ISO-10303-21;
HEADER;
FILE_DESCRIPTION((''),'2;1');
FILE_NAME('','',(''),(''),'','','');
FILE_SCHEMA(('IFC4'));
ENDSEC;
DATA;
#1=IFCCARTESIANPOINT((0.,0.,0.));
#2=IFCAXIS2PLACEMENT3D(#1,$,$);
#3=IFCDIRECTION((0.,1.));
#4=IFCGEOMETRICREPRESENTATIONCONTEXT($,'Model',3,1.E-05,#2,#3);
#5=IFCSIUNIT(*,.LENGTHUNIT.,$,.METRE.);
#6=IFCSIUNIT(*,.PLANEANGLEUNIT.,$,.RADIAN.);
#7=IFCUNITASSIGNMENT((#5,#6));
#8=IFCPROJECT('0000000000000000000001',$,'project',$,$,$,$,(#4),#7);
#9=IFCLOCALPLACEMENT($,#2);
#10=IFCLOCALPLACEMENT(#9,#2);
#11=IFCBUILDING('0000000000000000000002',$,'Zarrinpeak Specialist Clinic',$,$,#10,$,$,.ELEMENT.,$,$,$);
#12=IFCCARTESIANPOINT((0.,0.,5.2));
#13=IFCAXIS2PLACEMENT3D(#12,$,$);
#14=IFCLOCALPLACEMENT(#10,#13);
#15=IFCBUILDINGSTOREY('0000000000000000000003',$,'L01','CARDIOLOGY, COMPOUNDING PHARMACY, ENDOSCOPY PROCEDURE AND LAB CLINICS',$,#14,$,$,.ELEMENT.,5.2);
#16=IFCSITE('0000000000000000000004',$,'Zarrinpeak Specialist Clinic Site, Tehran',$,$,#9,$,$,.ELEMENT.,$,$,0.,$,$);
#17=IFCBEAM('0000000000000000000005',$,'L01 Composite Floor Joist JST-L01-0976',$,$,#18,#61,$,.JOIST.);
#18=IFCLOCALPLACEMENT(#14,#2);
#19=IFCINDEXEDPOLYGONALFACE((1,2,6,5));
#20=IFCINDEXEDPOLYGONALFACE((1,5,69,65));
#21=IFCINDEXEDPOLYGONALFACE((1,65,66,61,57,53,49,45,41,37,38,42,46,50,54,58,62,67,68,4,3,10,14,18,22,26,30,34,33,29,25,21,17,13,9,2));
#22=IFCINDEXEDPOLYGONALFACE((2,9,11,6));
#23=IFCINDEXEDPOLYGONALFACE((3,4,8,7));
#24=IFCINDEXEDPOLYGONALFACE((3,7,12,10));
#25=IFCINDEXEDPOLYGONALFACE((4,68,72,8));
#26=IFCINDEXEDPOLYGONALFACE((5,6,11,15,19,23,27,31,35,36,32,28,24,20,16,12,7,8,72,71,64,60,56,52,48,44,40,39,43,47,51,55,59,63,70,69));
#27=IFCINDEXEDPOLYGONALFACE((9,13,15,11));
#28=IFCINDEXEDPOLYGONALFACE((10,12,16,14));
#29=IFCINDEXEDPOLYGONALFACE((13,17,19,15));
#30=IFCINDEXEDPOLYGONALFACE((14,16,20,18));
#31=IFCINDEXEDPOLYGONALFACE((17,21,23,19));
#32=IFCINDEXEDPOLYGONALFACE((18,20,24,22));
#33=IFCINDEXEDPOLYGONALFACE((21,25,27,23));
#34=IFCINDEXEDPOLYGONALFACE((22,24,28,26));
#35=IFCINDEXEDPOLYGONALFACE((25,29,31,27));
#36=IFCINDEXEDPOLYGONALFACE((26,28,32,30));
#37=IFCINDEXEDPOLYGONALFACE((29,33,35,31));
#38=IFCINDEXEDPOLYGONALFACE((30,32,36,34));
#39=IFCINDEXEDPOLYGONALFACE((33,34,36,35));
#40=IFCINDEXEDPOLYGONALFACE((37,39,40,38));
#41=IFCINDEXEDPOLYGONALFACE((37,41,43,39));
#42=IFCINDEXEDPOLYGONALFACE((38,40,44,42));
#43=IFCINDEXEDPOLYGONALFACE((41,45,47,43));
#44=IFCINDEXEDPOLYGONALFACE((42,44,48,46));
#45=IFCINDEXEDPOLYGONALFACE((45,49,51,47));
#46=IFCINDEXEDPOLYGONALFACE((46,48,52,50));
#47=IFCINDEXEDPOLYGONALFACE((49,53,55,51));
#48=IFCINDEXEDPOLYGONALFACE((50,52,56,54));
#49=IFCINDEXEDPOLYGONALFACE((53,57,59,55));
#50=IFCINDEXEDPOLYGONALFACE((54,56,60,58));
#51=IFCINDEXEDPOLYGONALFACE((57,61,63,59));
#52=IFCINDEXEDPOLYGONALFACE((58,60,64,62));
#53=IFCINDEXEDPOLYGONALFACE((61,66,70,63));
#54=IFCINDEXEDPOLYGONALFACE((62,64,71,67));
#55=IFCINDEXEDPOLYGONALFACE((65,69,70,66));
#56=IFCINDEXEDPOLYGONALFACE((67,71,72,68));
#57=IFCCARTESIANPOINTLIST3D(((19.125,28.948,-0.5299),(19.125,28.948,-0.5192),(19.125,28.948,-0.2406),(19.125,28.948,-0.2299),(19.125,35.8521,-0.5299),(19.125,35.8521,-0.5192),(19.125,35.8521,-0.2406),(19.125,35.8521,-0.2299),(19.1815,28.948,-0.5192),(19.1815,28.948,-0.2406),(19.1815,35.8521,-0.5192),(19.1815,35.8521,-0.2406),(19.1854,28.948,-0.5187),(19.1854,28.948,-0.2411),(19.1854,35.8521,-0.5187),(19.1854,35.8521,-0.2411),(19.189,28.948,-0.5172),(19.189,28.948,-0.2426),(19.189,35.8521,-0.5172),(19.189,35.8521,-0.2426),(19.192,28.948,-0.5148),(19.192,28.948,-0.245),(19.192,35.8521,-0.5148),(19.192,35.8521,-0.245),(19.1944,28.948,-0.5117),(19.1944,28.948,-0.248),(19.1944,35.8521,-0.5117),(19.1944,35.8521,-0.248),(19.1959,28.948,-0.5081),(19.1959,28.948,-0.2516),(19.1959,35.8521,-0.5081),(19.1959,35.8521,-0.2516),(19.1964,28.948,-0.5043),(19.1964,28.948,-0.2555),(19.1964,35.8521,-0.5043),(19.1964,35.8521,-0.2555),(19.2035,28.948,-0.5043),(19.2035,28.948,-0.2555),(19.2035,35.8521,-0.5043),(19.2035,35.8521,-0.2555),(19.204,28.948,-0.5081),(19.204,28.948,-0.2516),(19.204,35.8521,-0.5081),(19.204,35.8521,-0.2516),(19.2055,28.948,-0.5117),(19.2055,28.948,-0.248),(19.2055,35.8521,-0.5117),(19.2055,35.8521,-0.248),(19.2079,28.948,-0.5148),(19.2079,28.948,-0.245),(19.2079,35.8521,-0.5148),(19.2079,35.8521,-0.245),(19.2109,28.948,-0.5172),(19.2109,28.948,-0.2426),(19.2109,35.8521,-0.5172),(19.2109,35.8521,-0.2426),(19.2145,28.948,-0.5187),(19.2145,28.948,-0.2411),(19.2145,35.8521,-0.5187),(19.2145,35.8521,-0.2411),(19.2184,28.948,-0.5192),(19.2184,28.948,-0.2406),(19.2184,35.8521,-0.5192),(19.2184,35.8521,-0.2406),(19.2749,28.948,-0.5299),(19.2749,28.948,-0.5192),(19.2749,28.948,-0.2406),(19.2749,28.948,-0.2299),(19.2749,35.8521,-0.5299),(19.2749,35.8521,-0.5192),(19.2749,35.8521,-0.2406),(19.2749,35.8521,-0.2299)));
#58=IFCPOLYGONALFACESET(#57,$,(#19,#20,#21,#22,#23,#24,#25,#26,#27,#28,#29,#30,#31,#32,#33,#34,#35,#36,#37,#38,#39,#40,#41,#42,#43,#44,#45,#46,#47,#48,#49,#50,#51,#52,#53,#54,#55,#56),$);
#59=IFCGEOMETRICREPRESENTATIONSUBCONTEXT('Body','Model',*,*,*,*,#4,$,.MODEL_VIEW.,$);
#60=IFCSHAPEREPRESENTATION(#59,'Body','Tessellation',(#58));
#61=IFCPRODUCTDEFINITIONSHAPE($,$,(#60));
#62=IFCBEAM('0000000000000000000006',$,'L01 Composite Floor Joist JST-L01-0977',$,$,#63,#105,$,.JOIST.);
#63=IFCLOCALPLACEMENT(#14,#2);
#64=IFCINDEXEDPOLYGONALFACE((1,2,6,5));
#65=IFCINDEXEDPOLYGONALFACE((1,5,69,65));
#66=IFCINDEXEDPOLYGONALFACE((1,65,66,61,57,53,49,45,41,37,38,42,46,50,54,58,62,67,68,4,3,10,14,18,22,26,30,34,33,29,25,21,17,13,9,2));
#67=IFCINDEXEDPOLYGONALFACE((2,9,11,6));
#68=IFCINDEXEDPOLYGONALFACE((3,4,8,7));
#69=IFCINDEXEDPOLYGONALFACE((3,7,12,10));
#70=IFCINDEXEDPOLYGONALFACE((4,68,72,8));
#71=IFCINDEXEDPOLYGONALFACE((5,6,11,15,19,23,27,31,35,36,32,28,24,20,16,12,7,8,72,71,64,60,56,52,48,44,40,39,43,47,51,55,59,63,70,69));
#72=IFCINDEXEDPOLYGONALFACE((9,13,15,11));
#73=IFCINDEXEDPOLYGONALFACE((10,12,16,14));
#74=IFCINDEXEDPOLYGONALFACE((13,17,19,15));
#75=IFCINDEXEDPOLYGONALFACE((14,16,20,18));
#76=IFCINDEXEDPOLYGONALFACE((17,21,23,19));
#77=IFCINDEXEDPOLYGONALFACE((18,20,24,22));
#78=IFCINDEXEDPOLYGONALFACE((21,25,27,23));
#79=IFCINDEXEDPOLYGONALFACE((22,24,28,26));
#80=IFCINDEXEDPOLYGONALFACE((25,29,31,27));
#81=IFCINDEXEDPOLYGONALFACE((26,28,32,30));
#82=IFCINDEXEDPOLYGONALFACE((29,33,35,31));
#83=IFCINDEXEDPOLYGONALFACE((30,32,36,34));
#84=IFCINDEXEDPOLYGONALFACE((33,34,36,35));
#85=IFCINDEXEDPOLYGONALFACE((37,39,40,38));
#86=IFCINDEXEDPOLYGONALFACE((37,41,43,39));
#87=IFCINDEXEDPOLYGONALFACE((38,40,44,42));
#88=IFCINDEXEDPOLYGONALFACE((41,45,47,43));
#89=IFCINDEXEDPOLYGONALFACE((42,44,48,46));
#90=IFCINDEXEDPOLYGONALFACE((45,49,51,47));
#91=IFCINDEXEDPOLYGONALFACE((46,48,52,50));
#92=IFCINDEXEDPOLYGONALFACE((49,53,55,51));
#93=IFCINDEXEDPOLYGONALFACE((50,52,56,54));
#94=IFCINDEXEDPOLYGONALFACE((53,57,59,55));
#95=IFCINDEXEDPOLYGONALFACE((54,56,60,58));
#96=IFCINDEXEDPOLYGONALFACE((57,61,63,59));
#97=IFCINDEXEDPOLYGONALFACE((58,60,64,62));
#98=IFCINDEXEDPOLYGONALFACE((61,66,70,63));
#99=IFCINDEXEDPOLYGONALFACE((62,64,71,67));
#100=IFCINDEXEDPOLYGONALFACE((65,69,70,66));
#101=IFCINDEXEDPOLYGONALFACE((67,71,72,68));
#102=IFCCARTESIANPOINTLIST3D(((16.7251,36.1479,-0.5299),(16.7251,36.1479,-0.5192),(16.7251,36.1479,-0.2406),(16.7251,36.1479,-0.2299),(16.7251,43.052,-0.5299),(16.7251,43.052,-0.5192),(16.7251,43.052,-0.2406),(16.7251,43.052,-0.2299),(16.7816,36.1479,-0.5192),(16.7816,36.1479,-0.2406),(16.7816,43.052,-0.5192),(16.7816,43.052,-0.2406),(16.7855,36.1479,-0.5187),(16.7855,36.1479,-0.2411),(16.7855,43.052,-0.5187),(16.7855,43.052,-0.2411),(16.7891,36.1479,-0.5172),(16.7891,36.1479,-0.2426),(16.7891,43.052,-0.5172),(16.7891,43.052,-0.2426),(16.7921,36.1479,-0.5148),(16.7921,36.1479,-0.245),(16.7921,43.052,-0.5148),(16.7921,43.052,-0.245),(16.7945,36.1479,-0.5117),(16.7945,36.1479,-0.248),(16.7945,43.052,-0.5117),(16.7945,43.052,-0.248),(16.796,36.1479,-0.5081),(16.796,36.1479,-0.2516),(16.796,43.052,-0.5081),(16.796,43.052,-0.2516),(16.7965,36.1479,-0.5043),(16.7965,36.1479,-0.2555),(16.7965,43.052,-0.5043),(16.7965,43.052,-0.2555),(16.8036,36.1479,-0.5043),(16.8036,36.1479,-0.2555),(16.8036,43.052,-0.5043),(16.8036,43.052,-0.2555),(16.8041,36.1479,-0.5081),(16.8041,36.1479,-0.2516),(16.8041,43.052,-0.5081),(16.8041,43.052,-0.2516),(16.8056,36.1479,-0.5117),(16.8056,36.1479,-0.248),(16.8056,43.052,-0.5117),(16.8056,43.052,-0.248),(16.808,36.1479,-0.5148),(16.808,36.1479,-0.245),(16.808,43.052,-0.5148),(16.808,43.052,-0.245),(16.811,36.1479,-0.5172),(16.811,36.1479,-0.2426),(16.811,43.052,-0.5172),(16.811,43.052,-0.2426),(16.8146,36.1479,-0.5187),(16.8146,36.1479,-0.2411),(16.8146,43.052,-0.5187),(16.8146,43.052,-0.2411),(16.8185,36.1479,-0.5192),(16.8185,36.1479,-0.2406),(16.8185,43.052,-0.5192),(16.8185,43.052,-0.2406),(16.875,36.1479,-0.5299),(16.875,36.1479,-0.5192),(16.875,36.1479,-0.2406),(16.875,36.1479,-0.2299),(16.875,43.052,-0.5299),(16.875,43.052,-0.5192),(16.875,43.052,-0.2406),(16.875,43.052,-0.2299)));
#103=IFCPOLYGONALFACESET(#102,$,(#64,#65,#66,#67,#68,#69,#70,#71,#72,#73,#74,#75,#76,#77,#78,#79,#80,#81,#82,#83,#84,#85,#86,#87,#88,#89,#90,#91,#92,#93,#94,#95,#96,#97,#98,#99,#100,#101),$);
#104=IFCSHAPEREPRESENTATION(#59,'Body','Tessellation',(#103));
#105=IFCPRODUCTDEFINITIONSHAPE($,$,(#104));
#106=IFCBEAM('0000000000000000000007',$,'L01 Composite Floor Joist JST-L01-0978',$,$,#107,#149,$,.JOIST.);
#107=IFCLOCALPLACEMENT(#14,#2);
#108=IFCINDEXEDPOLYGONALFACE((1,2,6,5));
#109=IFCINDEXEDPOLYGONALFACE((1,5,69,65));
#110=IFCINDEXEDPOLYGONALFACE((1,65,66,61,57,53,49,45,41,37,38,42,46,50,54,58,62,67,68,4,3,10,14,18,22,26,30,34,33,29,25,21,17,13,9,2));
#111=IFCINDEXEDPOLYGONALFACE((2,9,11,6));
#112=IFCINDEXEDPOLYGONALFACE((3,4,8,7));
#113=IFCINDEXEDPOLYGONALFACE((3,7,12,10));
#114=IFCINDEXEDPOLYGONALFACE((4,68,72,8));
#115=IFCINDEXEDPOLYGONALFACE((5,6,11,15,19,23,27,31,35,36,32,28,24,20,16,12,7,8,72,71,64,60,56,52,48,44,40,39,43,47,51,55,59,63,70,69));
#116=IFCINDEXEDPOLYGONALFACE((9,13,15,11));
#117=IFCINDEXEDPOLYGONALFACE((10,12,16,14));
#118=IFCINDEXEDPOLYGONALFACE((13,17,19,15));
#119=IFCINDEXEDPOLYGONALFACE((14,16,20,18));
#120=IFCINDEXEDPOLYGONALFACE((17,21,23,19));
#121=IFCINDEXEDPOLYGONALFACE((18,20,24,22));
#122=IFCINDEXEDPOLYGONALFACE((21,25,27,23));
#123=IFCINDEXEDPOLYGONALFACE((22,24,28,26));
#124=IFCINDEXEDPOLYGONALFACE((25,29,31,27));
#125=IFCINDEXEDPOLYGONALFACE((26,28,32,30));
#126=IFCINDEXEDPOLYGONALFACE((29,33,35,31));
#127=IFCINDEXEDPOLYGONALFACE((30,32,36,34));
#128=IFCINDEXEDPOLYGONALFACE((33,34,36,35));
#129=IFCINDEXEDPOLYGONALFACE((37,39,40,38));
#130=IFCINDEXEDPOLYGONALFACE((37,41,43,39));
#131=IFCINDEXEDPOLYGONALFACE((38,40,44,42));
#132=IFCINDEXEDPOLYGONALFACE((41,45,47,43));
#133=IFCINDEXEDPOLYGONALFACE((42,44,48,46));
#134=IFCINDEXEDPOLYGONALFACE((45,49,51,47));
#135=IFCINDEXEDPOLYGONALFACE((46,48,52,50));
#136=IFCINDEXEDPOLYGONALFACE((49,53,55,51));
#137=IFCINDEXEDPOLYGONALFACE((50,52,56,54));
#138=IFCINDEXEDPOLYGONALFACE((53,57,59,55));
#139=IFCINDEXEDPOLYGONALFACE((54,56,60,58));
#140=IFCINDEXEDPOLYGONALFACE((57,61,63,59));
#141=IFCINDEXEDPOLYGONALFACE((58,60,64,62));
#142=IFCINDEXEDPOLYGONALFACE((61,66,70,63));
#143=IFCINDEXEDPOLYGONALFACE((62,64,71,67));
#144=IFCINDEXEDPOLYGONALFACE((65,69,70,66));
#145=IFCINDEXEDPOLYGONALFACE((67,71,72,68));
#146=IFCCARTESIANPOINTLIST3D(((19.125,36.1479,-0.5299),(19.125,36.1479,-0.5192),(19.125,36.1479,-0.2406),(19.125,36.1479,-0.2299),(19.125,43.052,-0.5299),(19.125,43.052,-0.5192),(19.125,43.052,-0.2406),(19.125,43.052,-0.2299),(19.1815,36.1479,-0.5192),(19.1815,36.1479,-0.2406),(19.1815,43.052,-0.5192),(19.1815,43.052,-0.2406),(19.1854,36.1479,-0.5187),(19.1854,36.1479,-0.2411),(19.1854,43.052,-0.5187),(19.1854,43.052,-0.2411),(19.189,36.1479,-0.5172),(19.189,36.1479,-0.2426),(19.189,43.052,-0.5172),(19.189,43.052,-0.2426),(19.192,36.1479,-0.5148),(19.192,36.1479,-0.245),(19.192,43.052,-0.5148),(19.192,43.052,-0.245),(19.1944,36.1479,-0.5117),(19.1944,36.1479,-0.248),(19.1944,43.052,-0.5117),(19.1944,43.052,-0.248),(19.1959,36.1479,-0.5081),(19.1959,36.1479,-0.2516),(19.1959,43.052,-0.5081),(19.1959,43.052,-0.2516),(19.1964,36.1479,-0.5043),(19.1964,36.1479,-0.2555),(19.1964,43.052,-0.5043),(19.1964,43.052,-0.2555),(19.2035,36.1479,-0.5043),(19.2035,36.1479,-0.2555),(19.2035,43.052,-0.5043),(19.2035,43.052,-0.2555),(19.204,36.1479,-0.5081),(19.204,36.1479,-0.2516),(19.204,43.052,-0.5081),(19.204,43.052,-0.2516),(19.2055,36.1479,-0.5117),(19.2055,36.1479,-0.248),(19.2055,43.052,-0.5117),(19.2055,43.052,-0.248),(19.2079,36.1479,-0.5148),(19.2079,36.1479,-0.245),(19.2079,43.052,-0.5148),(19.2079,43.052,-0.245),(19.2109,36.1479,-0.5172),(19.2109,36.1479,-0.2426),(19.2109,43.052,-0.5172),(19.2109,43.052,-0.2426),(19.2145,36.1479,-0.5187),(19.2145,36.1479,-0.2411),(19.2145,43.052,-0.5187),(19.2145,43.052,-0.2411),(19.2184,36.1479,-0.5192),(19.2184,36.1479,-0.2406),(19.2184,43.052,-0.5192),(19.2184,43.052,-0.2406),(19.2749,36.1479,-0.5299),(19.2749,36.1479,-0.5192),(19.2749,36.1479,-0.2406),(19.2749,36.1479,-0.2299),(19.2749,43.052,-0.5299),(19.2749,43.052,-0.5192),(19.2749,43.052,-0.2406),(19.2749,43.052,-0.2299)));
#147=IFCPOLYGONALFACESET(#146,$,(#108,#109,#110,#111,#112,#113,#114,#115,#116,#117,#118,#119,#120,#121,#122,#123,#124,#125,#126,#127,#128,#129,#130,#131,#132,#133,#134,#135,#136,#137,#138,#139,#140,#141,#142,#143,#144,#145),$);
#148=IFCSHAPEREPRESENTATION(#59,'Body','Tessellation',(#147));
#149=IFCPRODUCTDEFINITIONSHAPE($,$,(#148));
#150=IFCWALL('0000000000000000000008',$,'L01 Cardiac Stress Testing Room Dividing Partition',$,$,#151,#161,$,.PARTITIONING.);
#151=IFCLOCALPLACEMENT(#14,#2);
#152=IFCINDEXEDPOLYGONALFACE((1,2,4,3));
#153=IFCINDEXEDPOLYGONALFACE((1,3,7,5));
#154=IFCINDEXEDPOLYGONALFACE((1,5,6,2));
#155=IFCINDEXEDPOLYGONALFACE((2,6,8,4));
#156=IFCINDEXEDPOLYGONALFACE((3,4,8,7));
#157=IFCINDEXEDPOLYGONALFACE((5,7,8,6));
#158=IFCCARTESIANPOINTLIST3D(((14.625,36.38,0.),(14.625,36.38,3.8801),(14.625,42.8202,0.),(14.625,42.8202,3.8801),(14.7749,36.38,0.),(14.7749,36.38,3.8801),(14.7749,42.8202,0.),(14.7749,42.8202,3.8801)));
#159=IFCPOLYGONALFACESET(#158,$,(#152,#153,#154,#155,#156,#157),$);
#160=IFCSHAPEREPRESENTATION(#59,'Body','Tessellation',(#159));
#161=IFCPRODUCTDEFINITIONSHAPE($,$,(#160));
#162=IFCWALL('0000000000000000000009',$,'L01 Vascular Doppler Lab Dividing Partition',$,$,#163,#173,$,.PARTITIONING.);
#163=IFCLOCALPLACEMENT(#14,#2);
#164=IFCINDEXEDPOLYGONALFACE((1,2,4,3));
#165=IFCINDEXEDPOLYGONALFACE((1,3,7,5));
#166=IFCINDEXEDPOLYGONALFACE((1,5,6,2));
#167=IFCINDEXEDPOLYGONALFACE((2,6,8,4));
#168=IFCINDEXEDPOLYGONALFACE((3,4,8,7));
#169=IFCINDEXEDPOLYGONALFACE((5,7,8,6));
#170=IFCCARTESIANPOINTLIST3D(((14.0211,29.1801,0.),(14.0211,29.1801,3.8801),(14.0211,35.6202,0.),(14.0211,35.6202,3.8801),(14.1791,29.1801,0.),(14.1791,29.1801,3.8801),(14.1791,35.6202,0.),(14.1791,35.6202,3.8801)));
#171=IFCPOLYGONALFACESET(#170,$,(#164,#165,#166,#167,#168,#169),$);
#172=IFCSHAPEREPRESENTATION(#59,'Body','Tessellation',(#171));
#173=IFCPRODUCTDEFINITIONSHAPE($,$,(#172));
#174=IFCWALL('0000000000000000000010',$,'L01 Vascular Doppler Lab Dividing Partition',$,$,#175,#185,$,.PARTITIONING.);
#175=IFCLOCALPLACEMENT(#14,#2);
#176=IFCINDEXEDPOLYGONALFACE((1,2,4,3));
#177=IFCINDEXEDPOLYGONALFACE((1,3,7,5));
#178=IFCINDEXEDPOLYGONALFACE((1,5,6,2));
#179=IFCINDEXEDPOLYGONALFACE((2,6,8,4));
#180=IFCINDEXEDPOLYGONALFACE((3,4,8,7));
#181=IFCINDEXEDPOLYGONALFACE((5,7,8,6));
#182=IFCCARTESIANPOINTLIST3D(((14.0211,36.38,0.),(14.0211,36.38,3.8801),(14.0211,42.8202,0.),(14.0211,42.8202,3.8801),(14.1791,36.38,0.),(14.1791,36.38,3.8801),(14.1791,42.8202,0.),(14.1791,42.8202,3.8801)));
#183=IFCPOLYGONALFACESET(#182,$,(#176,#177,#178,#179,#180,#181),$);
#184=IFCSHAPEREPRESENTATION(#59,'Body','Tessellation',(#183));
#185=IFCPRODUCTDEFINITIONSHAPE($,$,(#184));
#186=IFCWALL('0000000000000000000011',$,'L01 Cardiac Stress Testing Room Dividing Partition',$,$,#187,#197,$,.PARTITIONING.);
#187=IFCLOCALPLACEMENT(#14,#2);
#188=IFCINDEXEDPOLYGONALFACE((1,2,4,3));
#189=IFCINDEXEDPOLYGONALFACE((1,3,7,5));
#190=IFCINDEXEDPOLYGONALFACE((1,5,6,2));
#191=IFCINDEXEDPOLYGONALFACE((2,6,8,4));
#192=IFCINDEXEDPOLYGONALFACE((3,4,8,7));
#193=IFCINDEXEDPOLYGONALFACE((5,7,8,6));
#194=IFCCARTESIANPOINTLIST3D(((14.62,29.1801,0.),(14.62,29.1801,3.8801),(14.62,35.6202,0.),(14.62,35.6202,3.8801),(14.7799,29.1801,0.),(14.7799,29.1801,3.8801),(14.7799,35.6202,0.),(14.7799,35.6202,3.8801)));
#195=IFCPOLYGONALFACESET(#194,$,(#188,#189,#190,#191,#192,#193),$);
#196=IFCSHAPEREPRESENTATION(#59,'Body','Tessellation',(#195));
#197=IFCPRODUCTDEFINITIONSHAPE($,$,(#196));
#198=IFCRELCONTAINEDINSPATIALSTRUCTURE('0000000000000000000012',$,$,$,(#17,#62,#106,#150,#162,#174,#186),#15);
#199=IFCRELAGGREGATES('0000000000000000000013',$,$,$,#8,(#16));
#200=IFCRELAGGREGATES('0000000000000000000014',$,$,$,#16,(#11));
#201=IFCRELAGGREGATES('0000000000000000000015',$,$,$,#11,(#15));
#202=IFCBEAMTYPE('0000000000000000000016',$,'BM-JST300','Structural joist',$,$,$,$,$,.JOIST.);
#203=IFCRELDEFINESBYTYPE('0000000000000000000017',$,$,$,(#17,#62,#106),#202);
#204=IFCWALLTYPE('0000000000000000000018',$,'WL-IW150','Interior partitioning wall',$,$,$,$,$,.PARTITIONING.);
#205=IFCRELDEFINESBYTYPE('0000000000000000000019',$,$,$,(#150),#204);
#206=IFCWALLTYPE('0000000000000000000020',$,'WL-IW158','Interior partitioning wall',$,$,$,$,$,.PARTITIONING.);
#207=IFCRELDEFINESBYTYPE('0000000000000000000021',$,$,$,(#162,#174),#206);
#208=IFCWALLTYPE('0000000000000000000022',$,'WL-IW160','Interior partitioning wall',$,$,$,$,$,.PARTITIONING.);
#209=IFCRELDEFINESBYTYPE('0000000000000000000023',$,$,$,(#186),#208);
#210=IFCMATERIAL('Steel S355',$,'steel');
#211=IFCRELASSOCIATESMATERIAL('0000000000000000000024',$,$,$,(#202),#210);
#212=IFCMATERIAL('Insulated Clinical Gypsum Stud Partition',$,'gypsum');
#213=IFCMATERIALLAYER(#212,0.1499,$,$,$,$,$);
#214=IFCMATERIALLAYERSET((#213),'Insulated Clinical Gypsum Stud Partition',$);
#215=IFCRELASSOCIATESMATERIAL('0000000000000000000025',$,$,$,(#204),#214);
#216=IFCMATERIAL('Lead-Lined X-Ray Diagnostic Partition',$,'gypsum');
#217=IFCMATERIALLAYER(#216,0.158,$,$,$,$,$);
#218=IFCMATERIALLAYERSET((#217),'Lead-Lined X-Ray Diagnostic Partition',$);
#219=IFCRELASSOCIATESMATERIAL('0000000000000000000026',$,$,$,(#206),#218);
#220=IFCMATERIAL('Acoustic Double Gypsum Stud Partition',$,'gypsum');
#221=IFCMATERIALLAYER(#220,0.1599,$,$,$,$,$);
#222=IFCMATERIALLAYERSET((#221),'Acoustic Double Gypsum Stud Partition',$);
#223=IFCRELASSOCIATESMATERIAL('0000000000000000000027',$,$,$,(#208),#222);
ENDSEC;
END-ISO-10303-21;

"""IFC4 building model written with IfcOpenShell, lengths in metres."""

from ifc_helpers import new_model, si_unit, direction, frame, frame_2d, origin, origin_2d, place, context, subcontext, project, spatial, rectangle, i_section, extrude, material, layer, layer_set, material_profile, profile_set, type_object, element, save


model = new_model("IFC4")

# Units and contexts
model_context = context("Model", 3, precision=1e-05, world=origin(), true_north=direction((0.0, 1.0)))
body_context = subcontext(model_context, "Body", "Model", "MODEL_VIEW")
ifc_project = project(units=[si_unit("LENGTHUNIT", "METRE"), si_unit("PLANEANGLEUNIT", "RADIAN")], contexts=[model_context])

# Site, building, storey
site_placement = place(None, origin())
site = spatial("IfcSite", under=ifc_project, at=site_placement, Name="Zarrinpeak Specialist Clinic Site, Tehran", CompositionType="ELEMENT", RefElevation=0.0)
building_placement = place(site_placement, origin())
building = spatial("IfcBuilding", under=site, at=building_placement, Name="Zarrinpeak Specialist Clinic", CompositionType="ELEMENT")
storey_placement = place(building_placement, frame((0.0, 0.0, 5.2)))
storey = spatial("IfcBuildingStorey", under=building, at=storey_placement, Name="L01", Description="CARDIOLOGY, COMPOUNDING PHARMACY, ENDOSCOPY PROCEDURE AND LAB CLINICS", CompositionType="ELEMENT", Elevation=5.2)

# Shared definitions
ifc_material_1 = material(Name="Steel S355", Category="steel")

# Beams
ifc_material_profile_1 = material_profile(ifc_material_1, i_section(OverallWidth=0.1499, OverallDepth=0.3, WebThickness=0.0071, FlangeThickness=0.0107, FilletRadius=0.0149, at=origin_2d()), Name="IPE 300")
ifc_profile_set_1 = profile_set([ifc_material_profile_1], Name="Steel S355")
beam_type_1 = type_object("IfcBeamType", Name="BM-JST300", Description="Structural joist", PredefinedType="JOIST", material=ifc_profile_set_1)
for number, where, z_axis, x_axis, name in (
    (1, (19.2, 28.948, -0.3799), (0.0, 1.0, 0.0), (-1.0, 0.0, 0.0), "L01 Composite Floor Joist JST-L01-0976"),
    (2, (16.8, 36.1479, -0.3799), (0.0, 1.0, 0.0), (-1.0, 0.0, 0.0), "L01 Composite Floor Joist JST-L01-0977"),
    (3, (19.2, 36.1479, -0.3799), (0.0, 1.0, 0.0), (-1.0, 0.0, 0.0), "L01 Composite Floor Joist JST-L01-0978"),
):
    element("IfcBeam", number, at=place(storey_placement, frame(where, z_axis=z_axis, x_axis=x_axis)), inside=storey, type_object=beam_type_1, Name=name, PredefinedType="JOIST", context=body_context, shape_type="SweptSolid", body=[
        extrude(i_section(OverallWidth=0.1499, OverallDepth=0.3, WebThickness=0.0071, FlangeThickness=0.0107, FilletRadius=0.0149, at=origin_2d()), origin(), (0.0, 0.0, 1.0), 6.9041),
    ])

# Walls
ifc_material_2 = material(Name="Insulated Clinical Gypsum Stud Partition", Category="gypsum")
ifc_layer_1 = layer(ifc_material_2, 0.1499)
ifc_layer_set_1 = layer_set([ifc_layer_1], Name="Insulated Clinical Gypsum Stud Partition")
wall_type_1 = type_object("IfcWallType", Name="WL-IW150", Description="Interior partitioning wall", PredefinedType="PARTITIONING", material=ifc_layer_set_1)
wall_1_placement = place(storey_placement, frame((14.7, 36.3799, 0.0), z_axis=(0.0, 0.0, 1.0), x_axis=(0.0, 1.0, 0.0)))
element("IfcWall", 4, at=wall_1_placement, inside=storey, type_object=wall_type_1, Name="L01 Cardiac Stress Testing Room Dividing Partition", PredefinedType="PARTITIONING", context=body_context, shape_type="SweptSolid", body=[
    extrude(rectangle(XDim=6.4402, YDim=0.1499, at=frame_2d((3.2202, 0.0))), origin(), (0.0, 0.0, 1.0), 3.8801),
])
ifc_material_3 = material(Name="Lead-Lined X-Ray Diagnostic Partition", Category="gypsum")
ifc_layer_2 = layer(ifc_material_3, 0.158)
ifc_layer_set_2 = layer_set([ifc_layer_2], Name="Lead-Lined X-Ray Diagnostic Partition")
wall_type_2 = type_object("IfcWallType", Name="WL-IW158", Description="Interior partitioning wall", PredefinedType="PARTITIONING", material=ifc_layer_set_2)
for number, where, z_axis, x_axis, name in (
    (5, (14.1001, 29.1799, 0.0), (0.0, 0.0, 1.0), (0.0, 1.0, 0.0), "L01 Vascular Doppler Lab Dividing Partition"),
    (6, (14.1001, 36.3799, 0.0), (0.0, 0.0, 1.0), (0.0, 1.0, 0.0), "L01 Vascular Doppler Lab Dividing Partition"),
):
    element("IfcWall", number, at=place(storey_placement, frame(where, z_axis=z_axis, x_axis=x_axis)), inside=storey, type_object=wall_type_2, Name=name, PredefinedType="PARTITIONING", context=body_context, shape_type="SweptSolid", body=[
        extrude(rectangle(XDim=6.4402, YDim=0.158, at=frame_2d((3.2202, 0.0))), origin(), (0.0, 0.0, 1.0), 3.8801),
    ])
ifc_material_4 = material(Name="Acoustic Double Gypsum Stud Partition", Category="gypsum")
ifc_layer_3 = layer(ifc_material_4, 0.1599)
ifc_layer_set_3 = layer_set([ifc_layer_3], Name="Acoustic Double Gypsum Stud Partition")
wall_type_3 = type_object("IfcWallType", Name="WL-IW160", Description="Interior partitioning wall", PredefinedType="PARTITIONING", material=ifc_layer_set_3)
wall_2_placement = place(storey_placement, frame((14.7, 29.1799, 0.0), z_axis=(0.0, 0.0, 1.0), x_axis=(0.0, 1.0, 0.0)))
element("IfcWall", 7, at=wall_2_placement, inside=storey, type_object=wall_type_3, Name="L01 Cardiac Stress Testing Room Dividing Partition", PredefinedType="PARTITIONING", context=body_context, shape_type="SweptSolid", body=[
    extrude(rectangle(XDim=6.4402, YDim=0.1599, at=frame_2d((3.2202, 0.0))), origin(), (0.0, 0.0, 1.0), 3.8801),
])

save(model, "model.ifc")
